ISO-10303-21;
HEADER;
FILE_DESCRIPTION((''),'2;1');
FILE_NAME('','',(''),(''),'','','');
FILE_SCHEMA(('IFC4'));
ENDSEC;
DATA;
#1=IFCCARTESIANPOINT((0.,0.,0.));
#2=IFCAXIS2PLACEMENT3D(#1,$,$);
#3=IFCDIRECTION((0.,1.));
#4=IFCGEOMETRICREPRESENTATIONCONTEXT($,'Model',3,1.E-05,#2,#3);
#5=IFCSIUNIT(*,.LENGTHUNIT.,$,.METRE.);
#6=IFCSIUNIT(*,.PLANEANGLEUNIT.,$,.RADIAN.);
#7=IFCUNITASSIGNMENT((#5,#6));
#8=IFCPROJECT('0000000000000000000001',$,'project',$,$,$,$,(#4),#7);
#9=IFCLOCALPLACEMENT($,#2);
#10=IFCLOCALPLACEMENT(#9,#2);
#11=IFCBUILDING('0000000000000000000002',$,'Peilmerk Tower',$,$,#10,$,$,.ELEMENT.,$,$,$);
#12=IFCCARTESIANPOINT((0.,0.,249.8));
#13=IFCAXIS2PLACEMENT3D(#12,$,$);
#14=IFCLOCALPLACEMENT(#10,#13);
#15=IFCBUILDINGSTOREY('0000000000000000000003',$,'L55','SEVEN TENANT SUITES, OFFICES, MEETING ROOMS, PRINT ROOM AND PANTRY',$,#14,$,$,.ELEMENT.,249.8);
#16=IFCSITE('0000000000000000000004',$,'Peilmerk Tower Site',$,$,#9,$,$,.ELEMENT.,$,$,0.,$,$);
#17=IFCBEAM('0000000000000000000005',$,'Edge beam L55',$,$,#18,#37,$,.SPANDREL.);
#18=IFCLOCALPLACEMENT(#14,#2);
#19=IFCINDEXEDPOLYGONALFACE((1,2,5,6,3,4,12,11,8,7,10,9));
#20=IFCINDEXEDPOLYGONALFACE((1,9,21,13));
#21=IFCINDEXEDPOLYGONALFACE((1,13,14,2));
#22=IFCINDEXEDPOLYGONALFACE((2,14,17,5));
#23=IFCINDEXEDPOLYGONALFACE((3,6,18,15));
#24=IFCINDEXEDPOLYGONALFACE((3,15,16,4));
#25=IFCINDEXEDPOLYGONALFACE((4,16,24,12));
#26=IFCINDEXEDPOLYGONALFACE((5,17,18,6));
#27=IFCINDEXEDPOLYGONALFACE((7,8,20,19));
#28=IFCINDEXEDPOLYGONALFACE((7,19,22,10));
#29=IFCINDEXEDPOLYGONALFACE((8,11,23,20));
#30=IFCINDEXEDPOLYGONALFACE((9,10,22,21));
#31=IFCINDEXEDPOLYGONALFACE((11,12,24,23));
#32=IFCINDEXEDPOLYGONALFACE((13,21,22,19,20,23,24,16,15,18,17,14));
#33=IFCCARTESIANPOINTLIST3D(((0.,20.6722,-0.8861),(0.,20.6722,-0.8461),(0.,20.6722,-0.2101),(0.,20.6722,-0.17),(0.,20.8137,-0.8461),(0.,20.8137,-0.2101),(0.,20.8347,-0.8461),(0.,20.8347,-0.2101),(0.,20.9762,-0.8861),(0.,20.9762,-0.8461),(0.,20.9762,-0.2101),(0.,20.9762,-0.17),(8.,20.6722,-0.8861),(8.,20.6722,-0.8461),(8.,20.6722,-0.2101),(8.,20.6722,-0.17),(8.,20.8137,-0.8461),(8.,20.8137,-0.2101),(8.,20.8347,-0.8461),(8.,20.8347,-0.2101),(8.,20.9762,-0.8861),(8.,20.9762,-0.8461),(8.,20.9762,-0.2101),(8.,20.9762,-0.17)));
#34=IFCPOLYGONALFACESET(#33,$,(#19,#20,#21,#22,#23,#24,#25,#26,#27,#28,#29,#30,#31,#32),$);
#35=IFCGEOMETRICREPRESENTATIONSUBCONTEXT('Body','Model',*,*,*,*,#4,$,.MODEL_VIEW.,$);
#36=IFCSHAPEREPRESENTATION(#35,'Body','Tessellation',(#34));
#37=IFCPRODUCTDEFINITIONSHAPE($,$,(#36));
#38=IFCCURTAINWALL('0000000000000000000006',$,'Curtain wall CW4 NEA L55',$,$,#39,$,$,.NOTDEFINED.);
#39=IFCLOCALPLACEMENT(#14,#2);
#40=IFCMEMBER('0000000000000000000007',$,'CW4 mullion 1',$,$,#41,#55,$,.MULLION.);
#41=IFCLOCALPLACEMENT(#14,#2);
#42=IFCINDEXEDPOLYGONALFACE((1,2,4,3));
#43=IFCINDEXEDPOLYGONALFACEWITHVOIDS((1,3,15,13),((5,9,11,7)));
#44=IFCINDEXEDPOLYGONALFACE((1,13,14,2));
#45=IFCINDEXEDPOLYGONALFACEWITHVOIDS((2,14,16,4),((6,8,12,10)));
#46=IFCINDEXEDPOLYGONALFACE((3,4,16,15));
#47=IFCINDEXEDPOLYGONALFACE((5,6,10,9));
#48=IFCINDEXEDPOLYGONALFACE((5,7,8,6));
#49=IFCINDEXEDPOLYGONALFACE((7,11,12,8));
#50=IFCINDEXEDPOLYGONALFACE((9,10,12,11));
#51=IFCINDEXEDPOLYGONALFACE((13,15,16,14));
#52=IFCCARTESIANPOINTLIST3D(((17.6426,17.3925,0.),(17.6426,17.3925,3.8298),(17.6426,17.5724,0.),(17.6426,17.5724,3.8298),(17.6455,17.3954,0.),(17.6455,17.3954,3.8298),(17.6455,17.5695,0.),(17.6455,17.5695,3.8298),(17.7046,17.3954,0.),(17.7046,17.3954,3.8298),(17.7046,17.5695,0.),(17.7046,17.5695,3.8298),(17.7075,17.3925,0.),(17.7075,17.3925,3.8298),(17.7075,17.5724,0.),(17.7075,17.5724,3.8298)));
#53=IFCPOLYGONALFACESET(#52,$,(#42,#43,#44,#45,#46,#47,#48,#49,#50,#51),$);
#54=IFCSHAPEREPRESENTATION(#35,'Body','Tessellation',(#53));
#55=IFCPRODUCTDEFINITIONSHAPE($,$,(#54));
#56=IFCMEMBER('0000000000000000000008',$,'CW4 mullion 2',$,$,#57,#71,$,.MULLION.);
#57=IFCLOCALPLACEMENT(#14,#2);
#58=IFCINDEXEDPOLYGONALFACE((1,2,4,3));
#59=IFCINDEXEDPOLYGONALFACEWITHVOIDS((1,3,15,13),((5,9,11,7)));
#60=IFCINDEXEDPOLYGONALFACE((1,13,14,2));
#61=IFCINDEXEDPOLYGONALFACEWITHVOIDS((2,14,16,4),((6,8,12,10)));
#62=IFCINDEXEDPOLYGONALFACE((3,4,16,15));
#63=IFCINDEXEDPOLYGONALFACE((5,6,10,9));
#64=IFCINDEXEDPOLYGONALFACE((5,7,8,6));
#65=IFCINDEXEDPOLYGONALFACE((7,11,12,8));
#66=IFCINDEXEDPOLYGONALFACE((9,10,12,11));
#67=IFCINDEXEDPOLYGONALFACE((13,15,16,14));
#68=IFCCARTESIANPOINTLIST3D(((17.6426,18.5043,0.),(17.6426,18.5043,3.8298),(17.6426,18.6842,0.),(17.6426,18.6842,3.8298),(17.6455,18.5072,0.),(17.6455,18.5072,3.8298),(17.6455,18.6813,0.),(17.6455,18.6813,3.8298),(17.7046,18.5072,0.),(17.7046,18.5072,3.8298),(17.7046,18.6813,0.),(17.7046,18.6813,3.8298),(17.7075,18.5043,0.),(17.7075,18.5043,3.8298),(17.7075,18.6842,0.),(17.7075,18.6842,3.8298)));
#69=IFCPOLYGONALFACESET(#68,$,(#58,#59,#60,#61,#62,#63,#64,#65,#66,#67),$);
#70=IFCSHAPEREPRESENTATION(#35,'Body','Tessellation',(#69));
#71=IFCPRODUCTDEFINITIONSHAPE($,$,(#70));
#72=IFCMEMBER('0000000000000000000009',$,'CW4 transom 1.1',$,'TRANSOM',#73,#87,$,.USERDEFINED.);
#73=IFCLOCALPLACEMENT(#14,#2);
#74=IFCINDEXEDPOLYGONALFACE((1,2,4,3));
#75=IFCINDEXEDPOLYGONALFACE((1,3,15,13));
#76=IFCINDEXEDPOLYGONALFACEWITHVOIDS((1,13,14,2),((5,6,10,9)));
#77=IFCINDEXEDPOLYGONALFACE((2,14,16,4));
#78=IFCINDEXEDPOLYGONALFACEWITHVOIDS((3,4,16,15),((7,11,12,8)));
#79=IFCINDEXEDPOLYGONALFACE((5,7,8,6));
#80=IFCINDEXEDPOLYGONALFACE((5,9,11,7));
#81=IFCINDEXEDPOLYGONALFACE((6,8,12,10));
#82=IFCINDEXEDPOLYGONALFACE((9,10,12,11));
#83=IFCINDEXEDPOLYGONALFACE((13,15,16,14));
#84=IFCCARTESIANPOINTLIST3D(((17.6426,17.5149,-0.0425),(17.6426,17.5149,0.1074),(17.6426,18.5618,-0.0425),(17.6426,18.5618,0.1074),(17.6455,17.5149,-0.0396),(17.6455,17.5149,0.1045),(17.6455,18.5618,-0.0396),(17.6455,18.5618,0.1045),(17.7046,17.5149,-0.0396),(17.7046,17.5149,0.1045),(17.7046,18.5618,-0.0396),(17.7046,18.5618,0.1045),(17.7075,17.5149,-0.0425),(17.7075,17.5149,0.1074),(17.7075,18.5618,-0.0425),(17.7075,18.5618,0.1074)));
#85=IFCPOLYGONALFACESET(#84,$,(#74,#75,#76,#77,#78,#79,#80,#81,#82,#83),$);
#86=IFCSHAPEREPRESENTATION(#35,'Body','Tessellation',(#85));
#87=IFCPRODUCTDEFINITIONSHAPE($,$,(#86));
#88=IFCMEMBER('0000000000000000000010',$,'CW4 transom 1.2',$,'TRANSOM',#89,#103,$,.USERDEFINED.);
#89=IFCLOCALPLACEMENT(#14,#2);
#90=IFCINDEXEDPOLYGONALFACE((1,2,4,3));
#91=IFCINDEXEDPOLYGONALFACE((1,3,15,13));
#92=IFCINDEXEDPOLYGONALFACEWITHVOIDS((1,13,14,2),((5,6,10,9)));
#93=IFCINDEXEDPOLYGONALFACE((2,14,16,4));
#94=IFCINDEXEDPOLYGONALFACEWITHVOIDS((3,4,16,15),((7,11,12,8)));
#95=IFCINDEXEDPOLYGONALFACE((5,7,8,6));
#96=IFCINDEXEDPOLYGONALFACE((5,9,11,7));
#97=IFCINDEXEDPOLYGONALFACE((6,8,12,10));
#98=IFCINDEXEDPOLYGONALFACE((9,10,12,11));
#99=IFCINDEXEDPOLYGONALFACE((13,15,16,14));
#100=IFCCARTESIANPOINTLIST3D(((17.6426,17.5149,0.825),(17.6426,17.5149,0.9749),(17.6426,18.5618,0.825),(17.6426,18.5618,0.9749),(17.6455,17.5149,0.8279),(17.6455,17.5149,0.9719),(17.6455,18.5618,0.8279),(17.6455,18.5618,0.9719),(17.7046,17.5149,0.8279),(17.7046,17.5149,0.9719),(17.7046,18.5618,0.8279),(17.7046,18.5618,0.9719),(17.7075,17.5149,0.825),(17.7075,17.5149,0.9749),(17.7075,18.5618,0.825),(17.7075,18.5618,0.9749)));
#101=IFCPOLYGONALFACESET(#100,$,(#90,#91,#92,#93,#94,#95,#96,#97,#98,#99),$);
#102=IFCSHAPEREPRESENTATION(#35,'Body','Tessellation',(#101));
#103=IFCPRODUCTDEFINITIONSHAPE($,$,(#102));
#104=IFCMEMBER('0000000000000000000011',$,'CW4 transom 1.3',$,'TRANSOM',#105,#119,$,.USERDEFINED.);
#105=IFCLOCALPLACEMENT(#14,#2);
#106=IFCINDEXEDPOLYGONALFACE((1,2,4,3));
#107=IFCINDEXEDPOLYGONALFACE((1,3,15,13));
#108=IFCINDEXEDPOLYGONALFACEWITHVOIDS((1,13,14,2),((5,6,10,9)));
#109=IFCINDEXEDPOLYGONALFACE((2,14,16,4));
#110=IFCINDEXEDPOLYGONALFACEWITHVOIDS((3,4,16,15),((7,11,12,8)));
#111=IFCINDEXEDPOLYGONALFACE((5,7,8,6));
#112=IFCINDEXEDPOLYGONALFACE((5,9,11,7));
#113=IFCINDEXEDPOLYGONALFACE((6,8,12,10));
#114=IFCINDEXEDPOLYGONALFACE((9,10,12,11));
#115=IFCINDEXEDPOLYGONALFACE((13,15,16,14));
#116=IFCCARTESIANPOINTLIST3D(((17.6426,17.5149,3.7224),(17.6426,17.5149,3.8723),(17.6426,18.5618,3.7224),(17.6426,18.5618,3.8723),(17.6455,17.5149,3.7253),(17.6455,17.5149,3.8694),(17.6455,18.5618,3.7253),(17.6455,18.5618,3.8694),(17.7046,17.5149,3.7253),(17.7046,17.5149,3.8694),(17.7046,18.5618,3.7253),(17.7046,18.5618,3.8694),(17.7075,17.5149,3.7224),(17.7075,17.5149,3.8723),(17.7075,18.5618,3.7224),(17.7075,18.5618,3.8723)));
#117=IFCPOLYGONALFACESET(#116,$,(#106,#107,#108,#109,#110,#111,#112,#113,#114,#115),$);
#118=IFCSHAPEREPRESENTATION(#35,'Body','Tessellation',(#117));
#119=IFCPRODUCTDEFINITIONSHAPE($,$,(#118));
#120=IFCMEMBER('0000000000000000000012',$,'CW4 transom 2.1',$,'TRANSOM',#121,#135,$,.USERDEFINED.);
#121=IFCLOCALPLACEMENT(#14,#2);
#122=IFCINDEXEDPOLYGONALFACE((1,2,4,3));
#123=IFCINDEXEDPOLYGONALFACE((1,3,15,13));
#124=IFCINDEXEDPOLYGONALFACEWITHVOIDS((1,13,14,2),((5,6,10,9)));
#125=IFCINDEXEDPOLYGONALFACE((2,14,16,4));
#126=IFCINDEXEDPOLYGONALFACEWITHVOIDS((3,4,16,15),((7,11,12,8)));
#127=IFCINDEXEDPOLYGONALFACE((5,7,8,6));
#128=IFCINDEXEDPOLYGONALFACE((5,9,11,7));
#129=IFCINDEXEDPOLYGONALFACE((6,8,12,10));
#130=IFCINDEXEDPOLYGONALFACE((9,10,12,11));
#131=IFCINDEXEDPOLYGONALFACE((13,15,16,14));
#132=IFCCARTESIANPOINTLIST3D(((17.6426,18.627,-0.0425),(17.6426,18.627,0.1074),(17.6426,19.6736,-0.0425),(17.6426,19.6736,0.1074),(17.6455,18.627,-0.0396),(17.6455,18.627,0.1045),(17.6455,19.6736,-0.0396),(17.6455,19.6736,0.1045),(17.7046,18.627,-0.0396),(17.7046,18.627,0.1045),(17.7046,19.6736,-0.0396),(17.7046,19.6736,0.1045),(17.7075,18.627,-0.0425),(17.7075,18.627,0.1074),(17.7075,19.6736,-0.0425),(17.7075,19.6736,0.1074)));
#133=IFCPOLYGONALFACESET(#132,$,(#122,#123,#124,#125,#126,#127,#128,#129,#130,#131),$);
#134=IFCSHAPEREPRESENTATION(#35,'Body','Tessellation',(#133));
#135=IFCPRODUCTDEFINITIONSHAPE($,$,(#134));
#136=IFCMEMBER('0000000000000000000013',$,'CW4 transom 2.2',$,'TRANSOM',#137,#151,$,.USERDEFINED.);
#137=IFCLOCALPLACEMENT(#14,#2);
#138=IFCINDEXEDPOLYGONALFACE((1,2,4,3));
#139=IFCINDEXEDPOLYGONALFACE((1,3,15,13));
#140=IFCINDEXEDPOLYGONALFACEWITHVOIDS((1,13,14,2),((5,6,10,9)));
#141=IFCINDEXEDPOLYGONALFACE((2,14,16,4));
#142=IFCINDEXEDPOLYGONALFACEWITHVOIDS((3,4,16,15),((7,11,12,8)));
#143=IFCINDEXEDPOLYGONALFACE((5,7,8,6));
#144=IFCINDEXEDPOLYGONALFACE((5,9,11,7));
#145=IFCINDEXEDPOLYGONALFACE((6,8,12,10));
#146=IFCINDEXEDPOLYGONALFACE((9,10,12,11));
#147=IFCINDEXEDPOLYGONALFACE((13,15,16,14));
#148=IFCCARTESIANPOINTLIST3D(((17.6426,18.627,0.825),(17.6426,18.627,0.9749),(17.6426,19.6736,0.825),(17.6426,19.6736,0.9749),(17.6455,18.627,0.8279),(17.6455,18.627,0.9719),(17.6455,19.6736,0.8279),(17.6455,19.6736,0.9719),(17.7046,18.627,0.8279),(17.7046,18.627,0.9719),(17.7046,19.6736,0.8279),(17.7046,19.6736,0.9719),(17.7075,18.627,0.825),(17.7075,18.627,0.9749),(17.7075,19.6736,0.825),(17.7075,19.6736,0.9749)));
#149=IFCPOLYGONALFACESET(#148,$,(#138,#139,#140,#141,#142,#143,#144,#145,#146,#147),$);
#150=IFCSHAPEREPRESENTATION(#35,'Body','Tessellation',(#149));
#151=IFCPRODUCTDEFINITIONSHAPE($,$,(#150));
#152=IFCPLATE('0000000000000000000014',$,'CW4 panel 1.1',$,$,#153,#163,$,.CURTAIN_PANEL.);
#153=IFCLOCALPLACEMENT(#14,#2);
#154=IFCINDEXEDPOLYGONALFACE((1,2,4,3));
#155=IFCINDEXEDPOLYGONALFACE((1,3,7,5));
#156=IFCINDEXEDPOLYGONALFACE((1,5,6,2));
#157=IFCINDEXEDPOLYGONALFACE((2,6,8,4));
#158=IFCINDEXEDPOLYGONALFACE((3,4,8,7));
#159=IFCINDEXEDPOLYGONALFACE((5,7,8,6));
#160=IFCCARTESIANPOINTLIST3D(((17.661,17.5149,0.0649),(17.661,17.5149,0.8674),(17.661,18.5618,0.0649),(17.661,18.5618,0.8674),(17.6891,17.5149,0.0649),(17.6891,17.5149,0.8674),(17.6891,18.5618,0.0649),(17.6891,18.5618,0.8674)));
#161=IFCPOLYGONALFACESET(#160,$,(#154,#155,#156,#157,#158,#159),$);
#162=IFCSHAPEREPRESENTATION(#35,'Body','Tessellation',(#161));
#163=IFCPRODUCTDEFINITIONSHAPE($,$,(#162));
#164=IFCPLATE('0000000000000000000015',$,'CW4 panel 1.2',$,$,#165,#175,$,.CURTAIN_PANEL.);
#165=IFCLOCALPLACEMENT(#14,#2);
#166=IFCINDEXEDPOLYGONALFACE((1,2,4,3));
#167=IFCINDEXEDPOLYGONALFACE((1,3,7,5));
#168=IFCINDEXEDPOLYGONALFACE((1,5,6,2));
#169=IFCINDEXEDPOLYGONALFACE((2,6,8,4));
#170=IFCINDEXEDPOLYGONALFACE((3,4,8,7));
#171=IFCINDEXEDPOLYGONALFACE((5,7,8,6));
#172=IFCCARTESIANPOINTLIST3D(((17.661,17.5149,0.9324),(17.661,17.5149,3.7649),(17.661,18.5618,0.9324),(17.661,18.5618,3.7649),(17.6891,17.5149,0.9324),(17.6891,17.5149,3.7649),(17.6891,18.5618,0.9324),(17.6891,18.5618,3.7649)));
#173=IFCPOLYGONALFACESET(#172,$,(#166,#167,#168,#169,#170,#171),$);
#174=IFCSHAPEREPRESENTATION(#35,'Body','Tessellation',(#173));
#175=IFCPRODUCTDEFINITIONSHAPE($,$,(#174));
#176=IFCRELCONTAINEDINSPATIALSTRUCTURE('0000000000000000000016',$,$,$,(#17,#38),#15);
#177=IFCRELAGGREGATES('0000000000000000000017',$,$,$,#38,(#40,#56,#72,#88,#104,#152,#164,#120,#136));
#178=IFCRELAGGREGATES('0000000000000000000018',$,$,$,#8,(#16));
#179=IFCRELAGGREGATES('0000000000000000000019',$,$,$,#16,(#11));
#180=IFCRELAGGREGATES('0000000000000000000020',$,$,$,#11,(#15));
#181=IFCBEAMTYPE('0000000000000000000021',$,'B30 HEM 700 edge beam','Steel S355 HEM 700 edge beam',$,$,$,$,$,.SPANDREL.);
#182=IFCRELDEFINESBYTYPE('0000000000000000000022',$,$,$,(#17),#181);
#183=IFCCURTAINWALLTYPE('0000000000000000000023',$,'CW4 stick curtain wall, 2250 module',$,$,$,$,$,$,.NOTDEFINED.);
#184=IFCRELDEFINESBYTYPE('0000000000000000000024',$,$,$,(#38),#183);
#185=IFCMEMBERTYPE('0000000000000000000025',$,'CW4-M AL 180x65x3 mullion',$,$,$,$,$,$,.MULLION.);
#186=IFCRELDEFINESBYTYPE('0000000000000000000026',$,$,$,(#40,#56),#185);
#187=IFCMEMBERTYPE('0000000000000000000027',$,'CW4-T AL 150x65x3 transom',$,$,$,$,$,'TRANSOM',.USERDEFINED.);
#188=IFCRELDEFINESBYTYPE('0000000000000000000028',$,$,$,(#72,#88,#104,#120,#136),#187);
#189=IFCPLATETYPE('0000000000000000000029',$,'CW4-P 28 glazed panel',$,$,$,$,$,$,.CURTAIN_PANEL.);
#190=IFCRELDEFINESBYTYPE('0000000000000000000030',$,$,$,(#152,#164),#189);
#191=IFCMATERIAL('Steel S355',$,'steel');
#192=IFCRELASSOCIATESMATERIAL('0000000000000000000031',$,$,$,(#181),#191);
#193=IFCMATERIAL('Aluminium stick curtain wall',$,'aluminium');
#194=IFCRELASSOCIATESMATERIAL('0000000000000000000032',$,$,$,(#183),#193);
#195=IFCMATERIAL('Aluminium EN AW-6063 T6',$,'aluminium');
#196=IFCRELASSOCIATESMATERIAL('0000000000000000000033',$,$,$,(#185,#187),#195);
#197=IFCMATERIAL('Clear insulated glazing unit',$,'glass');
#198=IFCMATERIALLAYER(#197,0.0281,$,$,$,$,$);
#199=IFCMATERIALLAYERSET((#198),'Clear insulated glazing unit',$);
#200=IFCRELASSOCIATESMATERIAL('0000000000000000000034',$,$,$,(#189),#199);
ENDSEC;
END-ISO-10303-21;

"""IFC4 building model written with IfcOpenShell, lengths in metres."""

from ifc_helpers import new_model, si_unit, direction, frame, origin, origin_2d, place, context, subcontext, project, spatial, rectangle, hollow_rectangle, i_section, extrude, material, layer, layer_set, material_profile, profile_set, type_object, element, aggregate, save


model = new_model("IFC4")

# Units and contexts
model_context = context("Model", 3, precision=1e-05, world=origin(), true_north=direction((0.0, 1.0)))
body_context = subcontext(model_context, "Body", "Model", "MODEL_VIEW")
ifc_project = project(units=[si_unit("LENGTHUNIT", "METRE"), si_unit("PLANEANGLEUNIT", "RADIAN")], contexts=[model_context])

# Site, building, storey
site_placement = place(None, origin())
site = spatial("IfcSite", under=ifc_project, at=site_placement, Name="Peilmerk Tower Site", CompositionType="ELEMENT", RefElevation=0.0)
building_placement = place(site_placement, origin())
building = spatial("IfcBuilding", under=site, at=building_placement, Name="Peilmerk Tower", CompositionType="ELEMENT")
storey_placement = place(building_placement, frame((0.0, 0.0, 249.8)))
storey = spatial("IfcBuildingStorey", under=building, at=storey_placement, Name="L55", Description="SEVEN TENANT SUITES, OFFICES, MEETING ROOMS, PRINT ROOM AND PANTRY", CompositionType="ELEMENT", Elevation=249.8)

# Beam
ifc_material_1 = material(Name="Steel S355", Category="steel")
ifc_material_profile_1 = material_profile(ifc_material_1, i_section(OverallWidth=0.304, OverallDepth=0.7161, WebThickness=0.021, FlangeThickness=0.04, at=origin_2d()), Name="HEM 700")
ifc_profile_set_1 = profile_set([ifc_material_profile_1], Name="Steel S355")
beam_type_1 = type_object("IfcBeamType", Name="B30 HEM 700 edge beam", Description="Steel S355 HEM 700 edge beam", PredefinedType="SPANDREL", material=ifc_profile_set_1)
beam_1_placement = place(storey_placement, frame((8.0, 20.8242, -0.5281), z_axis=(-1.0, 0.0, 0.0), x_axis=(0.0, -1.0, 0.0)))
element("IfcBeam", 1, at=beam_1_placement, inside=storey, type_object=beam_type_1, Name="Edge beam L55", PredefinedType="SPANDREL", context=body_context, shape_type="SweptSolid", body=[
    extrude(i_section(OverallWidth=0.304, OverallDepth=0.7161, WebThickness=0.021, FlangeThickness=0.04, at=origin_2d()), origin(), (0.0, 0.0, 1.0), 8.0),
])

# Curtain wall, members, plates
ifc_material_2 = material(Name="Aluminium stick curtain wall", Category="aluminium")
curtain_wall_type = type_object("IfcCurtainWallType", Name="CW4 stick curtain wall, 2250 module", PredefinedType="NOTDEFINED", material=ifc_material_2)
curtain_wall_placement = place(storey_placement, origin())
curtain_wall = element("IfcCurtainWall", 2, at=curtain_wall_placement, inside=storey, type_object=curtain_wall_type, Name="Curtain wall CW4 NEA L55", PredefinedType="NOTDEFINED")
ifc_material_3 = material(Name="Aluminium EN AW-6063 T6", Category="aluminium")
ifc_material_profile_2 = material_profile(ifc_material_3, hollow_rectangle(XDim=0.0649, YDim=0.1799, WallThickness=0.0029, at=origin_2d()), Name="AL 180x65x3")
ifc_profile_set_2 = profile_set([ifc_material_profile_2], Name="Aluminium EN AW-6063 T6")
member_type_1 = type_object("IfcMemberType", Name="CW4-M AL 180x65x3 mullion", PredefinedType="MULLION", material=ifc_profile_set_2)
member_1_placement = place(storey_placement, frame((17.675, 17.4824, 0.0), z_axis=(0.0, 0.0, 1.0), x_axis=(-1.0, 0.0, 0.0)))
member_1 = element("IfcMember", 3, at=member_1_placement, type_object=member_type_1, Name="CW4 mullion 1", PredefinedType="MULLION", context=body_context, shape_type="SweptSolid", body=[
    extrude(hollow_rectangle(XDim=0.0649, YDim=0.1799, WallThickness=0.0029, at=origin_2d()), origin(), (0.0, 0.0, 1.0), 3.8298),
])
member_2_placement = place(storey_placement, frame((17.675, 18.5942, 0.0), z_axis=(0.0, 0.0, 1.0), x_axis=(-1.0, 0.0, 0.0)))
member_2 = element("IfcMember", 4, at=member_2_placement, type_object=member_type_1, Name="CW4 mullion 2", PredefinedType="MULLION", context=body_context, shape_type="SweptSolid", body=[
    extrude(hollow_rectangle(XDim=0.0649, YDim=0.1799, WallThickness=0.0029, at=origin_2d()), origin(), (0.0, 0.0, 1.0), 3.8298),
])
ifc_material_profile_3 = material_profile(ifc_material_3, hollow_rectangle(XDim=0.0649, YDim=0.1499, WallThickness=0.0029, at=origin_2d()), Name="AL 150x65x3")
ifc_profile_set_3 = profile_set([ifc_material_profile_3], Name="Aluminium EN AW-6063 T6")
member_type_2 = type_object("IfcMemberType", Name="CW4-T AL 150x65x3 transom", ElementType="TRANSOM", PredefinedType="USERDEFINED", material=ifc_profile_set_3)
member_3_placement = place(storey_placement, frame((17.675, 17.5149, 0.0325), z_axis=(0.0, 1.0, 0.0), x_axis=(-1.0, 0.0, 0.0)))
member_3 = element("IfcMember", 5, at=member_3_placement, type_object=member_type_2, Name="CW4 transom 1.1", ObjectType="TRANSOM", PredefinedType="USERDEFINED", context=body_context, shape_type="SweptSolid", body=[
    extrude(hollow_rectangle(XDim=0.0649, YDim=0.1499, WallThickness=0.0029, at=origin_2d()), origin(), (0.0, 0.0, 1.0), 1.0469),
])
member_4_placement = place(storey_placement, frame((17.675, 17.5149, 0.8999), z_axis=(0.0, 1.0, 0.0), x_axis=(-1.0, 0.0, 0.0)))
member_4 = element("IfcMember", 6, at=member_4_placement, type_object=member_type_2, Name="CW4 transom 1.2", ObjectType="TRANSOM", PredefinedType="USERDEFINED", context=body_context, shape_type="SweptSolid", body=[
    extrude(hollow_rectangle(XDim=0.0649, YDim=0.1499, WallThickness=0.0029, at=origin_2d()), origin(), (0.0, 0.0, 1.0), 1.0469),
])
member_5_placement = place(storey_placement, frame((17.675, 17.5149, 3.7974), z_axis=(0.0, 1.0, 0.0), x_axis=(-1.0, 0.0, 0.0)))
member_5 = element("IfcMember", 7, at=member_5_placement, type_object=member_type_2, Name="CW4 transom 1.3", ObjectType="TRANSOM", PredefinedType="USERDEFINED", context=body_context, shape_type="SweptSolid", body=[
    extrude(hollow_rectangle(XDim=0.0649, YDim=0.1499, WallThickness=0.0029, at=origin_2d()), origin(), (0.0, 0.0, 1.0), 1.0469),
])
member_6_placement = place(storey_placement, frame((17.675, 18.627, 0.0325), z_axis=(0.0, 1.0, 0.0), x_axis=(-1.0, 0.0, 0.0)))
member_6 = element("IfcMember", 8, at=member_6_placement, type_object=member_type_2, Name="CW4 transom 2.1", ObjectType="TRANSOM", PredefinedType="USERDEFINED", context=body_context, shape_type="SweptSolid", body=[
    extrude(hollow_rectangle(XDim=0.0649, YDim=0.1499, WallThickness=0.0029, at=origin_2d()), origin(), (0.0, 0.0, 1.0), 1.0466),
])
member_7_placement = place(storey_placement, frame((17.675, 18.627, 0.8999), z_axis=(0.0, 1.0, 0.0), x_axis=(-1.0, 0.0, 0.0)))
member_7 = element("IfcMember", 9, at=member_7_placement, type_object=member_type_2, Name="CW4 transom 2.2", ObjectType="TRANSOM", PredefinedType="USERDEFINED", context=body_context, shape_type="SweptSolid", body=[
    extrude(hollow_rectangle(XDim=0.0649, YDim=0.1499, WallThickness=0.0029, at=origin_2d()), origin(), (0.0, 0.0, 1.0), 1.0466),
])
ifc_material_4 = material(Name="Clear insulated glazing unit", Category="glass")
ifc_layer_1 = layer(ifc_material_4, 0.0281)
ifc_layer_set_1 = layer_set([ifc_layer_1], Name="Clear insulated glazing unit")
plate_type = type_object("IfcPlateType", Name="CW4-P 28 glazed panel", PredefinedType="CURTAIN_PANEL", material=ifc_layer_set_1)
plate_1_placement = place(storey_placement, frame((17.675, 18.0383, 0.0649), z_axis=(0.0, 0.0, 1.0), x_axis=(0.0, 1.0, 0.0)))
plate_1 = element("IfcPlate", 10, at=plate_1_placement, type_object=plate_type, Name="CW4 panel 1.1", PredefinedType="CURTAIN_PANEL", context=body_context, shape_type="SweptSolid", body=[
    extrude(rectangle(XDim=1.0469, YDim=0.0281, at=origin_2d()), origin(), (0.0, 0.0, 1.0), 0.8025),
])
plate_2_placement = place(storey_placement, frame((17.675, 18.0383, 0.9324), z_axis=(0.0, 0.0, 1.0), x_axis=(0.0, 1.0, 0.0)))
plate_2 = element("IfcPlate", 11, at=plate_2_placement, type_object=plate_type, Name="CW4 panel 1.2", PredefinedType="CURTAIN_PANEL", context=body_context, shape_type="SweptSolid", body=[
    extrude(rectangle(XDim=1.0469, YDim=0.0281, at=origin_2d()), origin(), (0.0, 0.0, 1.0), 2.8325),
])
aggregate(curtain_wall, [member_1, member_2, member_3, member_4, member_5, plate_1, plate_2, member_6, member_7])

save(model, "model.ifc")
